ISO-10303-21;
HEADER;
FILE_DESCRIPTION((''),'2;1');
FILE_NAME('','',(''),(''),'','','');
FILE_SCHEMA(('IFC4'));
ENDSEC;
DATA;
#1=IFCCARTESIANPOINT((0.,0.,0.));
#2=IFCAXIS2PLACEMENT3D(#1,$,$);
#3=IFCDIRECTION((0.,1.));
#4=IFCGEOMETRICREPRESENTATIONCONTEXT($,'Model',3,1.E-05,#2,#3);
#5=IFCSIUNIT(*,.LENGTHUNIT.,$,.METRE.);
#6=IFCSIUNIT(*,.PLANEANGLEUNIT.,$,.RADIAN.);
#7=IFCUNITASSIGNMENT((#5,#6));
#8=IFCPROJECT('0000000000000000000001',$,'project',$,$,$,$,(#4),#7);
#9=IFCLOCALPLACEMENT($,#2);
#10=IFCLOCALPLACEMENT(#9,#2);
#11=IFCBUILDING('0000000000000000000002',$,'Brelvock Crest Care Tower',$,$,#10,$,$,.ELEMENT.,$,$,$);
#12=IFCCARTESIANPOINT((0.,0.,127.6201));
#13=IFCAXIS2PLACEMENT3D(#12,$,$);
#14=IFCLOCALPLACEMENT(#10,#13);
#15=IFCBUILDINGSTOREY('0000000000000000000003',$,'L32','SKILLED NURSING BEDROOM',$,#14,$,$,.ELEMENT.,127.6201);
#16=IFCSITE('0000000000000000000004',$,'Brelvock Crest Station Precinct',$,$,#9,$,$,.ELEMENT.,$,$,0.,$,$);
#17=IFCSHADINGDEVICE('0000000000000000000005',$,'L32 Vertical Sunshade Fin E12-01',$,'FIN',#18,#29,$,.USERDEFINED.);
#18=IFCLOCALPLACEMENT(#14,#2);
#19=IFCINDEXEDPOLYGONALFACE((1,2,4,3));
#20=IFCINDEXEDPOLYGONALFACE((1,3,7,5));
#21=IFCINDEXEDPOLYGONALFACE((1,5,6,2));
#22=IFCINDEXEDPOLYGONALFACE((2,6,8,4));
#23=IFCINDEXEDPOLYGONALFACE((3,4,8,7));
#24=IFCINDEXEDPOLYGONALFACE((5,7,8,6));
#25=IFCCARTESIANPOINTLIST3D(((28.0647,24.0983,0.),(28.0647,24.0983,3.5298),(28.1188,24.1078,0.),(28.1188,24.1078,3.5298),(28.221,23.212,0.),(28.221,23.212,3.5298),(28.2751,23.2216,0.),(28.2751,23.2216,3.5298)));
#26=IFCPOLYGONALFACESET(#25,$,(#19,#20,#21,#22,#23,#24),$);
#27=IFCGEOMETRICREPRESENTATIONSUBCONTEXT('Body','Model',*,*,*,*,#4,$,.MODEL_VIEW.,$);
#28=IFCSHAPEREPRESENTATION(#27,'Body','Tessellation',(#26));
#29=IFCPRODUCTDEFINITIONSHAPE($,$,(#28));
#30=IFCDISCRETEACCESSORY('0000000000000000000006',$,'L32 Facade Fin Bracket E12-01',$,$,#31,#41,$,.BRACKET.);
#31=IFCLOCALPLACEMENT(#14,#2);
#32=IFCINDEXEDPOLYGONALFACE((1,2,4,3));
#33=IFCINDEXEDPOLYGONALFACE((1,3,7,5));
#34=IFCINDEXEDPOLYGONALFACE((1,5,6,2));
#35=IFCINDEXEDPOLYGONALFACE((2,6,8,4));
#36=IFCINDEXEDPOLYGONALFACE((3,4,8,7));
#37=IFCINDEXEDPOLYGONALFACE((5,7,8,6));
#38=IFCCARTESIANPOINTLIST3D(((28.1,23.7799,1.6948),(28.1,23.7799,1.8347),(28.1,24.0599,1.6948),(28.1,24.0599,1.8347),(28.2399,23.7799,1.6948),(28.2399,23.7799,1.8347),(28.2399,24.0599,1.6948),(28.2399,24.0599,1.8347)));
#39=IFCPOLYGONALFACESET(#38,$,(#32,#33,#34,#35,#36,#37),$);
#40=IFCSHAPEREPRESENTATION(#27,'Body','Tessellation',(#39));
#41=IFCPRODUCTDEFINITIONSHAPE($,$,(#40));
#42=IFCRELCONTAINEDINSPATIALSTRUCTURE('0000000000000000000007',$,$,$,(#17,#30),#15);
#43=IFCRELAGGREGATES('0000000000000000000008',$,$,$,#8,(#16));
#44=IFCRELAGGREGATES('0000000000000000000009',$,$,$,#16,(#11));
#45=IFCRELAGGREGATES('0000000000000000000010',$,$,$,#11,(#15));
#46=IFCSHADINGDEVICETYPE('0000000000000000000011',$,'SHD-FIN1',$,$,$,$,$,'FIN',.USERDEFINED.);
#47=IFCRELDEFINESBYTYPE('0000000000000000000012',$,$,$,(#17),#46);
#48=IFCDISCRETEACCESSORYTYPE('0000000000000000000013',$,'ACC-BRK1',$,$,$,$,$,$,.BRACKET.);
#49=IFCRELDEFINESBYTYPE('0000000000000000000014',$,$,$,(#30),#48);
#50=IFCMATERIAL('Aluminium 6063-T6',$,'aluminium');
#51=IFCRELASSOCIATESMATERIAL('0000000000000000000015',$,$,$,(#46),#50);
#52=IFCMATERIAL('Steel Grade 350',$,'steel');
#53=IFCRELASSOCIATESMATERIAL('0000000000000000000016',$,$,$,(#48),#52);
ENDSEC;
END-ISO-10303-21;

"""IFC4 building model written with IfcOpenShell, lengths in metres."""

from ifc_helpers import new_model, si_unit, direction, frame, origin, origin_2d, place, context, subcontext, project, spatial, rectangle, extrude, source, transform, mapped, material, material_profile, profile_set, type_object, element, save


model = new_model("IFC4")

# Units and contexts
model_context = context("Model", 3, precision=1e-05, world=origin(), true_north=direction((0.0, 1.0)))
body_context = subcontext(model_context, "Body", "Model", "MODEL_VIEW")
ifc_project = project(units=[si_unit("LENGTHUNIT", "METRE"), si_unit("PLANEANGLEUNIT", "RADIAN")], contexts=[model_context])

# Site, building, storey
site_placement = place(None, origin())
site = spatial("IfcSite", under=ifc_project, at=site_placement, Name="Brelvock Crest Station Precinct", CompositionType="ELEMENT", RefElevation=0.0)
building_placement = place(site_placement, origin())
building = spatial("IfcBuilding", under=site, at=building_placement, Name="Brelvock Crest Care Tower", CompositionType="ELEMENT")
storey_placement = place(building_placement, frame((0.0, 0.0, 127.6201)))
storey = spatial("IfcBuildingStorey", under=building, at=storey_placement, Name="L32", Description="SKILLED NURSING BEDROOM", CompositionType="ELEMENT", Elevation=127.6201)

# Shared definitions
ifc_material_1 = material(Name="Steel Grade 350", Category="steel")

# Shared definitions
ifc_material_2 = material(Name="Aluminium 6063-T6", Category="aluminium")

# Shading device
ifc_material_profile_1 = material_profile(ifc_material_2, rectangle(XDim=0.0549, YDim=0.8999, at=origin_2d()), Name="FIN55x900")
ifc_profile_set_1 = profile_set([ifc_material_profile_1], Name="Aluminium 6063-T6")
shading_device_type = type_object("IfcShadingDeviceType", Name="SHD-FIN1", ElementType="FIN", PredefinedType="USERDEFINED", material=ifc_profile_set_1)
shared_shape_1 = source(origin(), body_context, "Body", "SweptSolid", [
    extrude(rectangle(XDim=0.0549, YDim=0.8999, at=origin_2d()), origin(), (0.0, 0.0, 1.0), 3.5298),
])
shading_device_placement = place(storey_placement, frame((28.1699, 23.6599, 0.0), z_axis=(0.0, 0.0, 1.0), x_axis=(-0.984808, -0.173648, 0.0)))
element("IfcShadingDevice", 1, at=shading_device_placement, inside=storey, type_object=shading_device_type, Name="L32 Vertical Sunshade Fin E12-01", ObjectType="FIN", PredefinedType="USERDEFINED", context=body_context, shape_type="MappedRepresentation", body=[
    mapped(shared_shape_1, transform((0.0, 0.0, 0.0), x_axis=(1.0, 0.0, 0.0), y_axis=(0.0, 1.0, 0.0), z_axis=(0.0, 0.0, 1.0), scale=1.0)),
])

# Discrete accessory
discrete_accessory_type = type_object("IfcDiscreteAccessoryType", Name="ACC-BRK1", PredefinedType="BRACKET", material=ifc_material_1)
shared_shape_2 = source(origin(), body_context, "Body", "SweptSolid", [
    extrude(rectangle(XDim=0.28, YDim=0.1399, at=origin_2d()), origin(), (0.0, 0.0, 1.0), 0.1399),
])
discrete_accessory_placement = place(storey_placement, frame((28.1699, 23.9199, 1.6948), z_axis=(0.0, 0.0, 1.0), x_axis=(0.0, -1.0, 0.0)))
element("IfcDiscreteAccessory", 2, at=discrete_accessory_placement, inside=storey, type_object=discrete_accessory_type, Name="L32 Facade Fin Bracket E12-01", PredefinedType="BRACKET", context=body_context, shape_type="MappedRepresentation", body=[
    mapped(shared_shape_2, transform((0.0, 0.0, 0.0), x_axis=(1.0, 0.0, 0.0), y_axis=(0.0, 1.0, 0.0), z_axis=(0.0, 0.0, 1.0), scale=1.0)),
])

save(model, "model.ifc")
